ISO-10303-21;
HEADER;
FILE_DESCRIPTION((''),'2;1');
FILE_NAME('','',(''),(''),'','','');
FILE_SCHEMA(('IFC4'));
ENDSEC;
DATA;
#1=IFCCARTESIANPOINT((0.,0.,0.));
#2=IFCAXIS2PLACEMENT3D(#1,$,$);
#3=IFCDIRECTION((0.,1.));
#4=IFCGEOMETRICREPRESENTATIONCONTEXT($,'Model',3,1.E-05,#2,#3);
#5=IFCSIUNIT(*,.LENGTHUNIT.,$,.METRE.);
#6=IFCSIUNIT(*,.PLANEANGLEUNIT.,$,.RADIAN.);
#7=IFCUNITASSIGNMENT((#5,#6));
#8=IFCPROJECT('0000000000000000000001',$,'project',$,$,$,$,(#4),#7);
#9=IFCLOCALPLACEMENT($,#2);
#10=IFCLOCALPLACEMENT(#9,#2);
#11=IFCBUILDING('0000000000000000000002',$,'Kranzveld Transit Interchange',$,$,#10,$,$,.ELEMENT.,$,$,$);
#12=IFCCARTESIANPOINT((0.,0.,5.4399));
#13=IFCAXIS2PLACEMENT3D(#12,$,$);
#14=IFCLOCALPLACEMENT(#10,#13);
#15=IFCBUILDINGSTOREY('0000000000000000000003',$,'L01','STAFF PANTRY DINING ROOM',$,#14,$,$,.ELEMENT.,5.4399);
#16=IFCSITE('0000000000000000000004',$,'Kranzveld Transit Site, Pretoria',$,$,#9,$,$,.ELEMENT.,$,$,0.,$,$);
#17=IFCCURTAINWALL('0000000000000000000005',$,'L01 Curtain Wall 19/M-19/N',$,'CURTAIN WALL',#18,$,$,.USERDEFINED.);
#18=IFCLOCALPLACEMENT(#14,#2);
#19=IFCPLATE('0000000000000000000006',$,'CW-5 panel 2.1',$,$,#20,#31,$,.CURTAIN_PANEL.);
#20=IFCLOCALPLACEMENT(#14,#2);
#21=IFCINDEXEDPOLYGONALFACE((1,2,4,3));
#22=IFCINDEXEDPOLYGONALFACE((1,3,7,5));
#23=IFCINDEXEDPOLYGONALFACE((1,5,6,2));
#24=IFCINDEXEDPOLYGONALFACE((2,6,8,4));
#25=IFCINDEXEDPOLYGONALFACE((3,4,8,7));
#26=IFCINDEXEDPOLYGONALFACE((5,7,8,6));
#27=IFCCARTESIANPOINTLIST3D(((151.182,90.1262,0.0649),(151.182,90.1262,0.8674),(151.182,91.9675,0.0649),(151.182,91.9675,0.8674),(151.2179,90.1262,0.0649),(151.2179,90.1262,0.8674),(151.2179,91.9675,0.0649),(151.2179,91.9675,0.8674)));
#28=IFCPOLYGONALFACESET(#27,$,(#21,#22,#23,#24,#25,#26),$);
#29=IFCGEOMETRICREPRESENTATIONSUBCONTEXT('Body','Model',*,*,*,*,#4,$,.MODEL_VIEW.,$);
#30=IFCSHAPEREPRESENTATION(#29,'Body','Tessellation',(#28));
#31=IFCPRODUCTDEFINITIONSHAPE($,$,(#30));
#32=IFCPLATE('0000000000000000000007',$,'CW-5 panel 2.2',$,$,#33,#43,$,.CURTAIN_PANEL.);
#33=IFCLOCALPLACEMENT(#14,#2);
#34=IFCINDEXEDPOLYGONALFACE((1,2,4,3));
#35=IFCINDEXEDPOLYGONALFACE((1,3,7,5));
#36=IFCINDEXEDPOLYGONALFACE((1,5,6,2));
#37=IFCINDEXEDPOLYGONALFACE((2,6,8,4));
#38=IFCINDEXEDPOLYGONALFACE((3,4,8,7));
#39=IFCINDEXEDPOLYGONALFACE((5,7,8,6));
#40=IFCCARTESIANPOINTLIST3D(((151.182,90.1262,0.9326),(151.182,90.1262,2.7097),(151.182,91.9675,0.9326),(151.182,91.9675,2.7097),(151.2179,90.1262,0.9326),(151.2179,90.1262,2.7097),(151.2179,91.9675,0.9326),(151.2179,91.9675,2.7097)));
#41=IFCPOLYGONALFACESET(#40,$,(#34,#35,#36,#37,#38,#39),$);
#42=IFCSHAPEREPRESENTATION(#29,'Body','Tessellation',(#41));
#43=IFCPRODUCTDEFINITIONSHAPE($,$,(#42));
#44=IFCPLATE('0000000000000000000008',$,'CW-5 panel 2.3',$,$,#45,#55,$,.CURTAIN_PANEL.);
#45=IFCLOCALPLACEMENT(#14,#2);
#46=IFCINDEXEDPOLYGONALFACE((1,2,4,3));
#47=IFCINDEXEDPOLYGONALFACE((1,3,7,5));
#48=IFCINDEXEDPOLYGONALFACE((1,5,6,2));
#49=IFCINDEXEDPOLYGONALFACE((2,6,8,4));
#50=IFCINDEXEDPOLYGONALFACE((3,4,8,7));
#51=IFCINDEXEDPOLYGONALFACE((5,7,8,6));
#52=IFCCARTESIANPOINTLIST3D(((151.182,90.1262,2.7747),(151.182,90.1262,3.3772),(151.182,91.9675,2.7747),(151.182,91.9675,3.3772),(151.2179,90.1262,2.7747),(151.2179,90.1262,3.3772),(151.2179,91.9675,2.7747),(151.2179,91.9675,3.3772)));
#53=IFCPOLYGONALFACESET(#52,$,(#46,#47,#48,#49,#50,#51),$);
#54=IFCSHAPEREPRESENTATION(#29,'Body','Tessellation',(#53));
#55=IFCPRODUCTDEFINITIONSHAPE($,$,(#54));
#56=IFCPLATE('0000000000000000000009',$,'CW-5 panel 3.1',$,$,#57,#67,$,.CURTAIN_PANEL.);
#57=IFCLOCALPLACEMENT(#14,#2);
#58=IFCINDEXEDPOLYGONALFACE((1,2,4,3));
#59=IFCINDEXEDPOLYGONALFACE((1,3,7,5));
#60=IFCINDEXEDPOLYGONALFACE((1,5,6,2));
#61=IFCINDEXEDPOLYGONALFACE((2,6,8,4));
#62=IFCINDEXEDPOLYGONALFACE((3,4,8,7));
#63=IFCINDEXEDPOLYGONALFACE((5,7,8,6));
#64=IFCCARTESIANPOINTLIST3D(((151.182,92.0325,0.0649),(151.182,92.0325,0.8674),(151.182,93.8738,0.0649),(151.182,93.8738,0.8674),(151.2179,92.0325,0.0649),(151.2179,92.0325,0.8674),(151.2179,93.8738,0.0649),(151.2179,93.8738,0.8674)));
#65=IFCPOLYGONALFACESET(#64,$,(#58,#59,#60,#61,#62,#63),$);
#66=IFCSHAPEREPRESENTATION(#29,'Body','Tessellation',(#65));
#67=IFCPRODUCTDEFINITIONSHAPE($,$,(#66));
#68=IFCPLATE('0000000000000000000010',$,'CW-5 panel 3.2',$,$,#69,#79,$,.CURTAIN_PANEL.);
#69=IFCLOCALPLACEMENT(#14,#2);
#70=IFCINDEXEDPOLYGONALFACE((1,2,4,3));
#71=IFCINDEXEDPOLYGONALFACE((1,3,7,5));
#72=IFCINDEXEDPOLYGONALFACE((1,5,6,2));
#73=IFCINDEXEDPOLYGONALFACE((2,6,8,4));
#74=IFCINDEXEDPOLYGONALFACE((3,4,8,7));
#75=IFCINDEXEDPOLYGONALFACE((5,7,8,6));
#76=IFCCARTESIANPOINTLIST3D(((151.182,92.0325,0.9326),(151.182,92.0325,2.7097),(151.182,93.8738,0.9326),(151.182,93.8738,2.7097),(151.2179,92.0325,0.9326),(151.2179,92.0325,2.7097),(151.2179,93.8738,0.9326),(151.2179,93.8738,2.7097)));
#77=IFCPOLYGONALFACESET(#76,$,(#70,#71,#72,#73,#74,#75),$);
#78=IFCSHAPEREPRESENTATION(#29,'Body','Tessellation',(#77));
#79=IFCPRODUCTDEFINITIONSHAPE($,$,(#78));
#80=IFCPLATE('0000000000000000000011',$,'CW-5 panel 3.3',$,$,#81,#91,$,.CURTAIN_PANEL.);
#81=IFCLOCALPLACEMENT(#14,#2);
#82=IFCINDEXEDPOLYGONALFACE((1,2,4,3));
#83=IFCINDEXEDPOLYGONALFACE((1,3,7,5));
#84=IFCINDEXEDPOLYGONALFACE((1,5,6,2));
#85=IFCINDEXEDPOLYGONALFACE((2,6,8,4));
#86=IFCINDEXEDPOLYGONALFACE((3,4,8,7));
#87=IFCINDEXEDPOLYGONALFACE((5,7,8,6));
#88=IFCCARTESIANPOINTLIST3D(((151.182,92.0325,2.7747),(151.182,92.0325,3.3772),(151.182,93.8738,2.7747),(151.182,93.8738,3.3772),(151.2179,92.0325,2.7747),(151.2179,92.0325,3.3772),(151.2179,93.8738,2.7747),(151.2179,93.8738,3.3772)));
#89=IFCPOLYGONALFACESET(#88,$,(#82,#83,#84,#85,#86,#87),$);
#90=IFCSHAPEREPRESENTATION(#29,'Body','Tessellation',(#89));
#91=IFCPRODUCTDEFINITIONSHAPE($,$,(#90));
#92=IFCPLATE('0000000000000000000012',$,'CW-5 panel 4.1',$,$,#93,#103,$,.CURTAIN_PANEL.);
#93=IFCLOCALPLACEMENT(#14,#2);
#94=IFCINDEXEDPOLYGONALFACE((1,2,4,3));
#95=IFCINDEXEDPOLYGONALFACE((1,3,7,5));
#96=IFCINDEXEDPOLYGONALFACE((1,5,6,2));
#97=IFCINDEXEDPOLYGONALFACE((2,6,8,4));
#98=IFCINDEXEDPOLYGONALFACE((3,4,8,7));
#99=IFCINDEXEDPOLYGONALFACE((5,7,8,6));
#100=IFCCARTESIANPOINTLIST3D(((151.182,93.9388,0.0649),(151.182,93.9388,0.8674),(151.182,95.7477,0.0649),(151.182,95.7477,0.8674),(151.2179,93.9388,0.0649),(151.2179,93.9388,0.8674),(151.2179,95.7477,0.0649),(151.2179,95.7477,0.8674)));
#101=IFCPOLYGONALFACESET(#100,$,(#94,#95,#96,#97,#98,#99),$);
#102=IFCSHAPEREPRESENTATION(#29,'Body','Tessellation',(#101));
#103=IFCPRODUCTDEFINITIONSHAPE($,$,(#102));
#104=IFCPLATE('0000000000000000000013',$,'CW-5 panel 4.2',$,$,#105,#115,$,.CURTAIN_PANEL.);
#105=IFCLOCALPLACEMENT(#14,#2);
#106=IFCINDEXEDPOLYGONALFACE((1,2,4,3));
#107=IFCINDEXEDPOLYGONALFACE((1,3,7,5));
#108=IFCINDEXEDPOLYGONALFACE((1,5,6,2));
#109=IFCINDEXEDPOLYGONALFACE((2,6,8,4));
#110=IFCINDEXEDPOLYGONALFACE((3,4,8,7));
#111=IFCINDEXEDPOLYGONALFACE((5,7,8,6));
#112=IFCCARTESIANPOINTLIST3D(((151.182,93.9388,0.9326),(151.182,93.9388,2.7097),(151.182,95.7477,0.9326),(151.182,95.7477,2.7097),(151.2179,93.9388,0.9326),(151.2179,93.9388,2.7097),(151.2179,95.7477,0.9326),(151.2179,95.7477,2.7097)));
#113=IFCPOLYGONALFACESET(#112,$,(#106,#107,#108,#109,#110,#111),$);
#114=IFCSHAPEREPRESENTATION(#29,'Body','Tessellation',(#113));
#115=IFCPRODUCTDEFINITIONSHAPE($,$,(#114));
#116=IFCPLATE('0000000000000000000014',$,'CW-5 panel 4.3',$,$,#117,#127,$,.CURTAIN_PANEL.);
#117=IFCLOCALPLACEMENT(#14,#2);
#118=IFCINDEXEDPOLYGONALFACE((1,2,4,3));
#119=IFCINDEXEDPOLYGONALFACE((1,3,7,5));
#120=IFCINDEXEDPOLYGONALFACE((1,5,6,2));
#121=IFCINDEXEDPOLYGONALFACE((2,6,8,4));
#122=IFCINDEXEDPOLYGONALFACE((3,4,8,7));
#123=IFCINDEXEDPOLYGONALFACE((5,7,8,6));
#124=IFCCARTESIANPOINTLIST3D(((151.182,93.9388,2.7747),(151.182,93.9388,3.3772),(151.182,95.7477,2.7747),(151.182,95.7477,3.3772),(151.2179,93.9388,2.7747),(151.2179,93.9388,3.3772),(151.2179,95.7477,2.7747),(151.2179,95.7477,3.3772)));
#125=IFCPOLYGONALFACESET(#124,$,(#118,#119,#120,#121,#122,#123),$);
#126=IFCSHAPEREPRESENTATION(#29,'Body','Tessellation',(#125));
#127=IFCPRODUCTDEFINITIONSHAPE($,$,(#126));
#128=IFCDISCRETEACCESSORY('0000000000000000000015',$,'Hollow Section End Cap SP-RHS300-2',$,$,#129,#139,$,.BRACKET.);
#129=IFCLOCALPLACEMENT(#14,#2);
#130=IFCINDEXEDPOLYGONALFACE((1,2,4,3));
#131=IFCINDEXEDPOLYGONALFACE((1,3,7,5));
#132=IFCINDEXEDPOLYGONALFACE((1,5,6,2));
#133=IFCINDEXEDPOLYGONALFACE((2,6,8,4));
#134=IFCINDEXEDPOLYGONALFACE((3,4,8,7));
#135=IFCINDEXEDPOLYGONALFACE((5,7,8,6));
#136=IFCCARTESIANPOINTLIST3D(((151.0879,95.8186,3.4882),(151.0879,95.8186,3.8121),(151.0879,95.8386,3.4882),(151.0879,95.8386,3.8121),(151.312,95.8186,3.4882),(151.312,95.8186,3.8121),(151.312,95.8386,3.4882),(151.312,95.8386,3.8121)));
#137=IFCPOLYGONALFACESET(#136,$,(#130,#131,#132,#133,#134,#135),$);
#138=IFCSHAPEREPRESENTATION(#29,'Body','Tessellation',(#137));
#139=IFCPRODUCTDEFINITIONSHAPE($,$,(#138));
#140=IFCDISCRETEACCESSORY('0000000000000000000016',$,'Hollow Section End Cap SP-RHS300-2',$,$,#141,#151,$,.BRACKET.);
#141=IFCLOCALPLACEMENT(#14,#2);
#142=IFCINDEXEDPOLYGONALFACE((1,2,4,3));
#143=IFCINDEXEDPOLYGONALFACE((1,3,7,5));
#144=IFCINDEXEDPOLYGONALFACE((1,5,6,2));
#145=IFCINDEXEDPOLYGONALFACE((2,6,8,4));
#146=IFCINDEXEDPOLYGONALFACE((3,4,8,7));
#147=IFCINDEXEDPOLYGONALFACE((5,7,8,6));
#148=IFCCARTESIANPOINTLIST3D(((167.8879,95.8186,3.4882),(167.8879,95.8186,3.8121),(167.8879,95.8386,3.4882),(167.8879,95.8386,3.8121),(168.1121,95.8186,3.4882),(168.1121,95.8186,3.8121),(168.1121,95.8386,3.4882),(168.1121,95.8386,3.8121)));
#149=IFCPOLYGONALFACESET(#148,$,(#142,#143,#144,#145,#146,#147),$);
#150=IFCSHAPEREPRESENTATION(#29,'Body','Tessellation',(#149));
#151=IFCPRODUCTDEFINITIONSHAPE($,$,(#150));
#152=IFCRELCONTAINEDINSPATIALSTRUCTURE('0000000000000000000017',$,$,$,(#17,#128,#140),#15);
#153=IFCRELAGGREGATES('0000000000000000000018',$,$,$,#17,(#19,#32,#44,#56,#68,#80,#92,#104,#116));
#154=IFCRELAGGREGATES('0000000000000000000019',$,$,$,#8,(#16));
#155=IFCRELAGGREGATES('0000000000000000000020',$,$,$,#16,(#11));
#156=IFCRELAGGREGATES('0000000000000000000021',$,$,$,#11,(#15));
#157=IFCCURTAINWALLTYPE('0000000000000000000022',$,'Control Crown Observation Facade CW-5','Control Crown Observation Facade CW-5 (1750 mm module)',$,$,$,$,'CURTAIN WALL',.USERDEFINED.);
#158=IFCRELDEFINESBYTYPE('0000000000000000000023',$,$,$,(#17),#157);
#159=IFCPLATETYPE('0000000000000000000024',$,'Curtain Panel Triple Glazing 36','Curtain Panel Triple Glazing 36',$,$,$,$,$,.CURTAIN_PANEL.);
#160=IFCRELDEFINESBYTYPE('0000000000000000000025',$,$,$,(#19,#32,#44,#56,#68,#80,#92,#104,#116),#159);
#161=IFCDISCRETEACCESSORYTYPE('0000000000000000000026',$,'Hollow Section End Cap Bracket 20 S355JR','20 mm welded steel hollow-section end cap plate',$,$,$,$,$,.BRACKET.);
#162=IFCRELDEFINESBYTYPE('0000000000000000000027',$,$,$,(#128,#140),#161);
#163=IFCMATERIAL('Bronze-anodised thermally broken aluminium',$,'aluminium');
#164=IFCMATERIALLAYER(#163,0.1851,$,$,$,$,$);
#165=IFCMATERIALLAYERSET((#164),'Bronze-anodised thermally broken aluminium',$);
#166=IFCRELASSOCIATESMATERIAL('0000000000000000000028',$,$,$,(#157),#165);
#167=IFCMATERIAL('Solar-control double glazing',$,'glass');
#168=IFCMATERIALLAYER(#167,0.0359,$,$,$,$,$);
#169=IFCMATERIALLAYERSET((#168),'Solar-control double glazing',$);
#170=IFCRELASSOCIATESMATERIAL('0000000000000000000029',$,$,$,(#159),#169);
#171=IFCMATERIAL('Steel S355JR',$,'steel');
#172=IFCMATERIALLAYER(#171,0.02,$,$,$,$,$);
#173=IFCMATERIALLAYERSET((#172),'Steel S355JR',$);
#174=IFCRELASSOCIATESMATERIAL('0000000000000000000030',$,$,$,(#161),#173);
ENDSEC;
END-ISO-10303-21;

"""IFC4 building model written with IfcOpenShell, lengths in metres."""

from ifc_helpers import new_model, si_unit, direction, frame, origin, origin_2d, place, context, subcontext, project, spatial, rectangle, extrude, material, layer, layer_set, type_object, element, aggregate, save


model = new_model("IFC4")

# Units and contexts
model_context = context("Model", 3, precision=1e-05, world=origin(), true_north=direction((0.0, 1.0)))
body_context = subcontext(model_context, "Body", "Model", "MODEL_VIEW")
ifc_project = project(units=[si_unit("LENGTHUNIT", "METRE"), si_unit("PLANEANGLEUNIT", "RADIAN")], contexts=[model_context])

# Site, building, storey
site_placement = place(None, origin())
site = spatial("IfcSite", under=ifc_project, at=site_placement, Name="Kranzveld Transit Site, Pretoria", CompositionType="ELEMENT", RefElevation=0.0)
building_placement = place(site_placement, origin())
building = spatial("IfcBuilding", under=site, at=building_placement, Name="Kranzveld Transit Interchange", CompositionType="ELEMENT")
storey_placement = place(building_placement, frame((0.0, 0.0, 5.4399)))
storey = spatial("IfcBuildingStorey", under=building, at=storey_placement, Name="L01", Description="STAFF PANTRY DINING ROOM", CompositionType="ELEMENT", Elevation=5.4399)

# Curtain wall
ifc_material_1 = material(Name="Bronze-anodised thermally broken aluminium", Category="aluminium")
ifc_layer_1 = layer(ifc_material_1, 0.1851)
ifc_layer_set_1 = layer_set([ifc_layer_1], Name="Bronze-anodised thermally broken aluminium")
curtain_wall_type = type_object("IfcCurtainWallType", Name="Control Crown Observation Facade CW-5", Description="Control Crown Observation Facade CW-5 (1750 mm module)", ElementType="CURTAIN WALL", PredefinedType="USERDEFINED", material=ifc_layer_set_1)
curtain_wall_placement = place(storey_placement, origin())
curtain_wall = element("IfcCurtainWall", 1, at=curtain_wall_placement, inside=storey, type_object=curtain_wall_type, Name="L01 Curtain Wall 19/M-19/N", ObjectType="CURTAIN WALL", PredefinedType="USERDEFINED")

# Plates
ifc_material_2 = material(Name="Solar-control double glazing", Category="glass")
ifc_layer_2 = layer(ifc_material_2, 0.0359)
ifc_layer_set_2 = layer_set([ifc_layer_2], Name="Solar-control double glazing")
plate_type = type_object("IfcPlateType", Name="Curtain Panel Triple Glazing 36", Description="Curtain Panel Triple Glazing 36", PredefinedType="CURTAIN_PANEL", material=ifc_layer_set_2)
plate_1_placement = place(storey_placement, frame((151.2, 91.0469, 0.0649), z_axis=(0.0, 0.0, 1.0), x_axis=(0.0, 1.0, 0.0)))
plate_1 = element("IfcPlate", 2, at=plate_1_placement, type_object=plate_type, Name="CW-5 panel 2.1", PredefinedType="CURTAIN_PANEL", context=body_context, shape_type="SweptSolid", body=[
    extrude(rectangle(XDim=1.8413, YDim=0.0359, at=origin_2d()), origin(), (0.0, 0.0, 1.0), 0.8025),
])
plate_2_placement = place(storey_placement, frame((151.2, 91.0469, 0.9326), z_axis=(0.0, 0.0, 1.0), x_axis=(0.0, 1.0, 0.0)))
plate_2 = element("IfcPlate", 3, at=plate_2_placement, type_object=plate_type, Name="CW-5 panel 2.2", PredefinedType="CURTAIN_PANEL", context=body_context, shape_type="SweptSolid", body=[
    extrude(rectangle(XDim=1.8413, YDim=0.0359, at=origin_2d()), origin(), (0.0, 0.0, 1.0), 1.7771),
])
plate_3_placement = place(storey_placement, frame((151.2, 91.0469, 2.7747), z_axis=(0.0, 0.0, 1.0), x_axis=(0.0, 1.0, 0.0)))
plate_3 = element("IfcPlate", 4, at=plate_3_placement, type_object=plate_type, Name="CW-5 panel 2.3", PredefinedType="CURTAIN_PANEL", context=body_context, shape_type="SweptSolid", body=[
    extrude(rectangle(XDim=1.8413, YDim=0.0359, at=origin_2d()), origin(), (0.0, 0.0, 1.0), 0.6025),
])
plate_4_placement = place(storey_placement, frame((151.2, 92.9531, 0.0649), z_axis=(0.0, 0.0, 1.0), x_axis=(0.0, 1.0, 0.0)))
plate_4 = element("IfcPlate", 5, at=plate_4_placement, type_object=plate_type, Name="CW-5 panel 3.1", PredefinedType="CURTAIN_PANEL", context=body_context, shape_type="SweptSolid", body=[
    extrude(rectangle(XDim=1.8413, YDim=0.0359, at=origin_2d()), origin(), (0.0, 0.0, 1.0), 0.8025),
])
plate_5_placement = place(storey_placement, frame((151.2, 92.9531, 0.9326), z_axis=(0.0, 0.0, 1.0), x_axis=(0.0, 1.0, 0.0)))
plate_5 = element("IfcPlate", 6, at=plate_5_placement, type_object=plate_type, Name="CW-5 panel 3.2", PredefinedType="CURTAIN_PANEL", context=body_context, shape_type="SweptSolid", body=[
    extrude(rectangle(XDim=1.8413, YDim=0.0359, at=origin_2d()), origin(), (0.0, 0.0, 1.0), 1.7771),
])
plate_6_placement = place(storey_placement, frame((151.2, 92.9531, 2.7747), z_axis=(0.0, 0.0, 1.0), x_axis=(0.0, 1.0, 0.0)))
plate_6 = element("IfcPlate", 7, at=plate_6_placement, type_object=plate_type, Name="CW-5 panel 3.3", PredefinedType="CURTAIN_PANEL", context=body_context, shape_type="SweptSolid", body=[
    extrude(rectangle(XDim=1.8413, YDim=0.0359, at=origin_2d()), origin(), (0.0, 0.0, 1.0), 0.6025),
])
plate_7_placement = place(storey_placement, frame((151.2, 94.8433, 0.0649), z_axis=(0.0, 0.0, 1.0), x_axis=(0.0, 1.0, 0.0)))
plate_7 = element("IfcPlate", 8, at=plate_7_placement, type_object=plate_type, Name="CW-5 panel 4.1", PredefinedType="CURTAIN_PANEL", context=body_context, shape_type="SweptSolid", body=[
    extrude(rectangle(XDim=1.8088, YDim=0.0359, at=origin_2d()), origin(), (0.0, 0.0, 1.0), 0.8025),
])
plate_8_placement = place(storey_placement, frame((151.2, 94.8433, 0.9326), z_axis=(0.0, 0.0, 1.0), x_axis=(0.0, 1.0, 0.0)))
plate_8 = element("IfcPlate", 9, at=plate_8_placement, type_object=plate_type, Name="CW-5 panel 4.2", PredefinedType="CURTAIN_PANEL", context=body_context, shape_type="SweptSolid", body=[
    extrude(rectangle(XDim=1.8088, YDim=0.0359, at=origin_2d()), origin(), (0.0, 0.0, 1.0), 1.7771),
])
plate_9_placement = place(storey_placement, frame((151.2, 94.8433, 2.7747), z_axis=(0.0, 0.0, 1.0), x_axis=(0.0, 1.0, 0.0)))
plate_9 = element("IfcPlate", 10, at=plate_9_placement, type_object=plate_type, Name="CW-5 panel 4.3", PredefinedType="CURTAIN_PANEL", context=body_context, shape_type="SweptSolid", body=[
    extrude(rectangle(XDim=1.8088, YDim=0.0359, at=origin_2d()), origin(), (0.0, 0.0, 1.0), 0.6025),
])
aggregate(curtain_wall, [plate_1, plate_2, plate_3, plate_4, plate_5, plate_6, plate_7, plate_8, plate_9])

# Discrete accessories
ifc_material_3 = material(Name="Steel S355JR", Category="steel")
ifc_layer_3 = layer(ifc_material_3, 0.02)
ifc_layer_set_3 = layer_set([ifc_layer_3], Name="Steel S355JR")
discrete_accessory_type = type_object("IfcDiscreteAccessoryType", Name="Hollow Section End Cap Bracket 20 S355JR", Description="20 mm welded steel hollow-section end cap plate", PredefinedType="BRACKET", material=ifc_layer_set_3)
for number, where, z_axis, x_axis, name in (
    (11, (151.2, 95.8186, 3.6501), (0.0, 1.0, 0.0), (-1.0, 0.0, 0.0), "Hollow Section End Cap SP-RHS300-2"),
    (12, (168.0, 95.8186, 3.6501), (0.0, 1.0, 0.0), (-1.0, 0.0, 0.0), "Hollow Section End Cap SP-RHS300-2"),
):
    element("IfcDiscreteAccessory", number, at=place(storey_placement, frame(where, z_axis=z_axis, x_axis=x_axis)), inside=storey, type_object=discrete_accessory_type, Name=name, PredefinedType="BRACKET", context=body_context, shape_type="SweptSolid", body=[
        extrude(rectangle(XDim=0.2241, YDim=0.324, at=origin_2d()), origin(), (0.0, 0.0, 1.0), 0.02),
    ])

save(model, "model.ifc")
